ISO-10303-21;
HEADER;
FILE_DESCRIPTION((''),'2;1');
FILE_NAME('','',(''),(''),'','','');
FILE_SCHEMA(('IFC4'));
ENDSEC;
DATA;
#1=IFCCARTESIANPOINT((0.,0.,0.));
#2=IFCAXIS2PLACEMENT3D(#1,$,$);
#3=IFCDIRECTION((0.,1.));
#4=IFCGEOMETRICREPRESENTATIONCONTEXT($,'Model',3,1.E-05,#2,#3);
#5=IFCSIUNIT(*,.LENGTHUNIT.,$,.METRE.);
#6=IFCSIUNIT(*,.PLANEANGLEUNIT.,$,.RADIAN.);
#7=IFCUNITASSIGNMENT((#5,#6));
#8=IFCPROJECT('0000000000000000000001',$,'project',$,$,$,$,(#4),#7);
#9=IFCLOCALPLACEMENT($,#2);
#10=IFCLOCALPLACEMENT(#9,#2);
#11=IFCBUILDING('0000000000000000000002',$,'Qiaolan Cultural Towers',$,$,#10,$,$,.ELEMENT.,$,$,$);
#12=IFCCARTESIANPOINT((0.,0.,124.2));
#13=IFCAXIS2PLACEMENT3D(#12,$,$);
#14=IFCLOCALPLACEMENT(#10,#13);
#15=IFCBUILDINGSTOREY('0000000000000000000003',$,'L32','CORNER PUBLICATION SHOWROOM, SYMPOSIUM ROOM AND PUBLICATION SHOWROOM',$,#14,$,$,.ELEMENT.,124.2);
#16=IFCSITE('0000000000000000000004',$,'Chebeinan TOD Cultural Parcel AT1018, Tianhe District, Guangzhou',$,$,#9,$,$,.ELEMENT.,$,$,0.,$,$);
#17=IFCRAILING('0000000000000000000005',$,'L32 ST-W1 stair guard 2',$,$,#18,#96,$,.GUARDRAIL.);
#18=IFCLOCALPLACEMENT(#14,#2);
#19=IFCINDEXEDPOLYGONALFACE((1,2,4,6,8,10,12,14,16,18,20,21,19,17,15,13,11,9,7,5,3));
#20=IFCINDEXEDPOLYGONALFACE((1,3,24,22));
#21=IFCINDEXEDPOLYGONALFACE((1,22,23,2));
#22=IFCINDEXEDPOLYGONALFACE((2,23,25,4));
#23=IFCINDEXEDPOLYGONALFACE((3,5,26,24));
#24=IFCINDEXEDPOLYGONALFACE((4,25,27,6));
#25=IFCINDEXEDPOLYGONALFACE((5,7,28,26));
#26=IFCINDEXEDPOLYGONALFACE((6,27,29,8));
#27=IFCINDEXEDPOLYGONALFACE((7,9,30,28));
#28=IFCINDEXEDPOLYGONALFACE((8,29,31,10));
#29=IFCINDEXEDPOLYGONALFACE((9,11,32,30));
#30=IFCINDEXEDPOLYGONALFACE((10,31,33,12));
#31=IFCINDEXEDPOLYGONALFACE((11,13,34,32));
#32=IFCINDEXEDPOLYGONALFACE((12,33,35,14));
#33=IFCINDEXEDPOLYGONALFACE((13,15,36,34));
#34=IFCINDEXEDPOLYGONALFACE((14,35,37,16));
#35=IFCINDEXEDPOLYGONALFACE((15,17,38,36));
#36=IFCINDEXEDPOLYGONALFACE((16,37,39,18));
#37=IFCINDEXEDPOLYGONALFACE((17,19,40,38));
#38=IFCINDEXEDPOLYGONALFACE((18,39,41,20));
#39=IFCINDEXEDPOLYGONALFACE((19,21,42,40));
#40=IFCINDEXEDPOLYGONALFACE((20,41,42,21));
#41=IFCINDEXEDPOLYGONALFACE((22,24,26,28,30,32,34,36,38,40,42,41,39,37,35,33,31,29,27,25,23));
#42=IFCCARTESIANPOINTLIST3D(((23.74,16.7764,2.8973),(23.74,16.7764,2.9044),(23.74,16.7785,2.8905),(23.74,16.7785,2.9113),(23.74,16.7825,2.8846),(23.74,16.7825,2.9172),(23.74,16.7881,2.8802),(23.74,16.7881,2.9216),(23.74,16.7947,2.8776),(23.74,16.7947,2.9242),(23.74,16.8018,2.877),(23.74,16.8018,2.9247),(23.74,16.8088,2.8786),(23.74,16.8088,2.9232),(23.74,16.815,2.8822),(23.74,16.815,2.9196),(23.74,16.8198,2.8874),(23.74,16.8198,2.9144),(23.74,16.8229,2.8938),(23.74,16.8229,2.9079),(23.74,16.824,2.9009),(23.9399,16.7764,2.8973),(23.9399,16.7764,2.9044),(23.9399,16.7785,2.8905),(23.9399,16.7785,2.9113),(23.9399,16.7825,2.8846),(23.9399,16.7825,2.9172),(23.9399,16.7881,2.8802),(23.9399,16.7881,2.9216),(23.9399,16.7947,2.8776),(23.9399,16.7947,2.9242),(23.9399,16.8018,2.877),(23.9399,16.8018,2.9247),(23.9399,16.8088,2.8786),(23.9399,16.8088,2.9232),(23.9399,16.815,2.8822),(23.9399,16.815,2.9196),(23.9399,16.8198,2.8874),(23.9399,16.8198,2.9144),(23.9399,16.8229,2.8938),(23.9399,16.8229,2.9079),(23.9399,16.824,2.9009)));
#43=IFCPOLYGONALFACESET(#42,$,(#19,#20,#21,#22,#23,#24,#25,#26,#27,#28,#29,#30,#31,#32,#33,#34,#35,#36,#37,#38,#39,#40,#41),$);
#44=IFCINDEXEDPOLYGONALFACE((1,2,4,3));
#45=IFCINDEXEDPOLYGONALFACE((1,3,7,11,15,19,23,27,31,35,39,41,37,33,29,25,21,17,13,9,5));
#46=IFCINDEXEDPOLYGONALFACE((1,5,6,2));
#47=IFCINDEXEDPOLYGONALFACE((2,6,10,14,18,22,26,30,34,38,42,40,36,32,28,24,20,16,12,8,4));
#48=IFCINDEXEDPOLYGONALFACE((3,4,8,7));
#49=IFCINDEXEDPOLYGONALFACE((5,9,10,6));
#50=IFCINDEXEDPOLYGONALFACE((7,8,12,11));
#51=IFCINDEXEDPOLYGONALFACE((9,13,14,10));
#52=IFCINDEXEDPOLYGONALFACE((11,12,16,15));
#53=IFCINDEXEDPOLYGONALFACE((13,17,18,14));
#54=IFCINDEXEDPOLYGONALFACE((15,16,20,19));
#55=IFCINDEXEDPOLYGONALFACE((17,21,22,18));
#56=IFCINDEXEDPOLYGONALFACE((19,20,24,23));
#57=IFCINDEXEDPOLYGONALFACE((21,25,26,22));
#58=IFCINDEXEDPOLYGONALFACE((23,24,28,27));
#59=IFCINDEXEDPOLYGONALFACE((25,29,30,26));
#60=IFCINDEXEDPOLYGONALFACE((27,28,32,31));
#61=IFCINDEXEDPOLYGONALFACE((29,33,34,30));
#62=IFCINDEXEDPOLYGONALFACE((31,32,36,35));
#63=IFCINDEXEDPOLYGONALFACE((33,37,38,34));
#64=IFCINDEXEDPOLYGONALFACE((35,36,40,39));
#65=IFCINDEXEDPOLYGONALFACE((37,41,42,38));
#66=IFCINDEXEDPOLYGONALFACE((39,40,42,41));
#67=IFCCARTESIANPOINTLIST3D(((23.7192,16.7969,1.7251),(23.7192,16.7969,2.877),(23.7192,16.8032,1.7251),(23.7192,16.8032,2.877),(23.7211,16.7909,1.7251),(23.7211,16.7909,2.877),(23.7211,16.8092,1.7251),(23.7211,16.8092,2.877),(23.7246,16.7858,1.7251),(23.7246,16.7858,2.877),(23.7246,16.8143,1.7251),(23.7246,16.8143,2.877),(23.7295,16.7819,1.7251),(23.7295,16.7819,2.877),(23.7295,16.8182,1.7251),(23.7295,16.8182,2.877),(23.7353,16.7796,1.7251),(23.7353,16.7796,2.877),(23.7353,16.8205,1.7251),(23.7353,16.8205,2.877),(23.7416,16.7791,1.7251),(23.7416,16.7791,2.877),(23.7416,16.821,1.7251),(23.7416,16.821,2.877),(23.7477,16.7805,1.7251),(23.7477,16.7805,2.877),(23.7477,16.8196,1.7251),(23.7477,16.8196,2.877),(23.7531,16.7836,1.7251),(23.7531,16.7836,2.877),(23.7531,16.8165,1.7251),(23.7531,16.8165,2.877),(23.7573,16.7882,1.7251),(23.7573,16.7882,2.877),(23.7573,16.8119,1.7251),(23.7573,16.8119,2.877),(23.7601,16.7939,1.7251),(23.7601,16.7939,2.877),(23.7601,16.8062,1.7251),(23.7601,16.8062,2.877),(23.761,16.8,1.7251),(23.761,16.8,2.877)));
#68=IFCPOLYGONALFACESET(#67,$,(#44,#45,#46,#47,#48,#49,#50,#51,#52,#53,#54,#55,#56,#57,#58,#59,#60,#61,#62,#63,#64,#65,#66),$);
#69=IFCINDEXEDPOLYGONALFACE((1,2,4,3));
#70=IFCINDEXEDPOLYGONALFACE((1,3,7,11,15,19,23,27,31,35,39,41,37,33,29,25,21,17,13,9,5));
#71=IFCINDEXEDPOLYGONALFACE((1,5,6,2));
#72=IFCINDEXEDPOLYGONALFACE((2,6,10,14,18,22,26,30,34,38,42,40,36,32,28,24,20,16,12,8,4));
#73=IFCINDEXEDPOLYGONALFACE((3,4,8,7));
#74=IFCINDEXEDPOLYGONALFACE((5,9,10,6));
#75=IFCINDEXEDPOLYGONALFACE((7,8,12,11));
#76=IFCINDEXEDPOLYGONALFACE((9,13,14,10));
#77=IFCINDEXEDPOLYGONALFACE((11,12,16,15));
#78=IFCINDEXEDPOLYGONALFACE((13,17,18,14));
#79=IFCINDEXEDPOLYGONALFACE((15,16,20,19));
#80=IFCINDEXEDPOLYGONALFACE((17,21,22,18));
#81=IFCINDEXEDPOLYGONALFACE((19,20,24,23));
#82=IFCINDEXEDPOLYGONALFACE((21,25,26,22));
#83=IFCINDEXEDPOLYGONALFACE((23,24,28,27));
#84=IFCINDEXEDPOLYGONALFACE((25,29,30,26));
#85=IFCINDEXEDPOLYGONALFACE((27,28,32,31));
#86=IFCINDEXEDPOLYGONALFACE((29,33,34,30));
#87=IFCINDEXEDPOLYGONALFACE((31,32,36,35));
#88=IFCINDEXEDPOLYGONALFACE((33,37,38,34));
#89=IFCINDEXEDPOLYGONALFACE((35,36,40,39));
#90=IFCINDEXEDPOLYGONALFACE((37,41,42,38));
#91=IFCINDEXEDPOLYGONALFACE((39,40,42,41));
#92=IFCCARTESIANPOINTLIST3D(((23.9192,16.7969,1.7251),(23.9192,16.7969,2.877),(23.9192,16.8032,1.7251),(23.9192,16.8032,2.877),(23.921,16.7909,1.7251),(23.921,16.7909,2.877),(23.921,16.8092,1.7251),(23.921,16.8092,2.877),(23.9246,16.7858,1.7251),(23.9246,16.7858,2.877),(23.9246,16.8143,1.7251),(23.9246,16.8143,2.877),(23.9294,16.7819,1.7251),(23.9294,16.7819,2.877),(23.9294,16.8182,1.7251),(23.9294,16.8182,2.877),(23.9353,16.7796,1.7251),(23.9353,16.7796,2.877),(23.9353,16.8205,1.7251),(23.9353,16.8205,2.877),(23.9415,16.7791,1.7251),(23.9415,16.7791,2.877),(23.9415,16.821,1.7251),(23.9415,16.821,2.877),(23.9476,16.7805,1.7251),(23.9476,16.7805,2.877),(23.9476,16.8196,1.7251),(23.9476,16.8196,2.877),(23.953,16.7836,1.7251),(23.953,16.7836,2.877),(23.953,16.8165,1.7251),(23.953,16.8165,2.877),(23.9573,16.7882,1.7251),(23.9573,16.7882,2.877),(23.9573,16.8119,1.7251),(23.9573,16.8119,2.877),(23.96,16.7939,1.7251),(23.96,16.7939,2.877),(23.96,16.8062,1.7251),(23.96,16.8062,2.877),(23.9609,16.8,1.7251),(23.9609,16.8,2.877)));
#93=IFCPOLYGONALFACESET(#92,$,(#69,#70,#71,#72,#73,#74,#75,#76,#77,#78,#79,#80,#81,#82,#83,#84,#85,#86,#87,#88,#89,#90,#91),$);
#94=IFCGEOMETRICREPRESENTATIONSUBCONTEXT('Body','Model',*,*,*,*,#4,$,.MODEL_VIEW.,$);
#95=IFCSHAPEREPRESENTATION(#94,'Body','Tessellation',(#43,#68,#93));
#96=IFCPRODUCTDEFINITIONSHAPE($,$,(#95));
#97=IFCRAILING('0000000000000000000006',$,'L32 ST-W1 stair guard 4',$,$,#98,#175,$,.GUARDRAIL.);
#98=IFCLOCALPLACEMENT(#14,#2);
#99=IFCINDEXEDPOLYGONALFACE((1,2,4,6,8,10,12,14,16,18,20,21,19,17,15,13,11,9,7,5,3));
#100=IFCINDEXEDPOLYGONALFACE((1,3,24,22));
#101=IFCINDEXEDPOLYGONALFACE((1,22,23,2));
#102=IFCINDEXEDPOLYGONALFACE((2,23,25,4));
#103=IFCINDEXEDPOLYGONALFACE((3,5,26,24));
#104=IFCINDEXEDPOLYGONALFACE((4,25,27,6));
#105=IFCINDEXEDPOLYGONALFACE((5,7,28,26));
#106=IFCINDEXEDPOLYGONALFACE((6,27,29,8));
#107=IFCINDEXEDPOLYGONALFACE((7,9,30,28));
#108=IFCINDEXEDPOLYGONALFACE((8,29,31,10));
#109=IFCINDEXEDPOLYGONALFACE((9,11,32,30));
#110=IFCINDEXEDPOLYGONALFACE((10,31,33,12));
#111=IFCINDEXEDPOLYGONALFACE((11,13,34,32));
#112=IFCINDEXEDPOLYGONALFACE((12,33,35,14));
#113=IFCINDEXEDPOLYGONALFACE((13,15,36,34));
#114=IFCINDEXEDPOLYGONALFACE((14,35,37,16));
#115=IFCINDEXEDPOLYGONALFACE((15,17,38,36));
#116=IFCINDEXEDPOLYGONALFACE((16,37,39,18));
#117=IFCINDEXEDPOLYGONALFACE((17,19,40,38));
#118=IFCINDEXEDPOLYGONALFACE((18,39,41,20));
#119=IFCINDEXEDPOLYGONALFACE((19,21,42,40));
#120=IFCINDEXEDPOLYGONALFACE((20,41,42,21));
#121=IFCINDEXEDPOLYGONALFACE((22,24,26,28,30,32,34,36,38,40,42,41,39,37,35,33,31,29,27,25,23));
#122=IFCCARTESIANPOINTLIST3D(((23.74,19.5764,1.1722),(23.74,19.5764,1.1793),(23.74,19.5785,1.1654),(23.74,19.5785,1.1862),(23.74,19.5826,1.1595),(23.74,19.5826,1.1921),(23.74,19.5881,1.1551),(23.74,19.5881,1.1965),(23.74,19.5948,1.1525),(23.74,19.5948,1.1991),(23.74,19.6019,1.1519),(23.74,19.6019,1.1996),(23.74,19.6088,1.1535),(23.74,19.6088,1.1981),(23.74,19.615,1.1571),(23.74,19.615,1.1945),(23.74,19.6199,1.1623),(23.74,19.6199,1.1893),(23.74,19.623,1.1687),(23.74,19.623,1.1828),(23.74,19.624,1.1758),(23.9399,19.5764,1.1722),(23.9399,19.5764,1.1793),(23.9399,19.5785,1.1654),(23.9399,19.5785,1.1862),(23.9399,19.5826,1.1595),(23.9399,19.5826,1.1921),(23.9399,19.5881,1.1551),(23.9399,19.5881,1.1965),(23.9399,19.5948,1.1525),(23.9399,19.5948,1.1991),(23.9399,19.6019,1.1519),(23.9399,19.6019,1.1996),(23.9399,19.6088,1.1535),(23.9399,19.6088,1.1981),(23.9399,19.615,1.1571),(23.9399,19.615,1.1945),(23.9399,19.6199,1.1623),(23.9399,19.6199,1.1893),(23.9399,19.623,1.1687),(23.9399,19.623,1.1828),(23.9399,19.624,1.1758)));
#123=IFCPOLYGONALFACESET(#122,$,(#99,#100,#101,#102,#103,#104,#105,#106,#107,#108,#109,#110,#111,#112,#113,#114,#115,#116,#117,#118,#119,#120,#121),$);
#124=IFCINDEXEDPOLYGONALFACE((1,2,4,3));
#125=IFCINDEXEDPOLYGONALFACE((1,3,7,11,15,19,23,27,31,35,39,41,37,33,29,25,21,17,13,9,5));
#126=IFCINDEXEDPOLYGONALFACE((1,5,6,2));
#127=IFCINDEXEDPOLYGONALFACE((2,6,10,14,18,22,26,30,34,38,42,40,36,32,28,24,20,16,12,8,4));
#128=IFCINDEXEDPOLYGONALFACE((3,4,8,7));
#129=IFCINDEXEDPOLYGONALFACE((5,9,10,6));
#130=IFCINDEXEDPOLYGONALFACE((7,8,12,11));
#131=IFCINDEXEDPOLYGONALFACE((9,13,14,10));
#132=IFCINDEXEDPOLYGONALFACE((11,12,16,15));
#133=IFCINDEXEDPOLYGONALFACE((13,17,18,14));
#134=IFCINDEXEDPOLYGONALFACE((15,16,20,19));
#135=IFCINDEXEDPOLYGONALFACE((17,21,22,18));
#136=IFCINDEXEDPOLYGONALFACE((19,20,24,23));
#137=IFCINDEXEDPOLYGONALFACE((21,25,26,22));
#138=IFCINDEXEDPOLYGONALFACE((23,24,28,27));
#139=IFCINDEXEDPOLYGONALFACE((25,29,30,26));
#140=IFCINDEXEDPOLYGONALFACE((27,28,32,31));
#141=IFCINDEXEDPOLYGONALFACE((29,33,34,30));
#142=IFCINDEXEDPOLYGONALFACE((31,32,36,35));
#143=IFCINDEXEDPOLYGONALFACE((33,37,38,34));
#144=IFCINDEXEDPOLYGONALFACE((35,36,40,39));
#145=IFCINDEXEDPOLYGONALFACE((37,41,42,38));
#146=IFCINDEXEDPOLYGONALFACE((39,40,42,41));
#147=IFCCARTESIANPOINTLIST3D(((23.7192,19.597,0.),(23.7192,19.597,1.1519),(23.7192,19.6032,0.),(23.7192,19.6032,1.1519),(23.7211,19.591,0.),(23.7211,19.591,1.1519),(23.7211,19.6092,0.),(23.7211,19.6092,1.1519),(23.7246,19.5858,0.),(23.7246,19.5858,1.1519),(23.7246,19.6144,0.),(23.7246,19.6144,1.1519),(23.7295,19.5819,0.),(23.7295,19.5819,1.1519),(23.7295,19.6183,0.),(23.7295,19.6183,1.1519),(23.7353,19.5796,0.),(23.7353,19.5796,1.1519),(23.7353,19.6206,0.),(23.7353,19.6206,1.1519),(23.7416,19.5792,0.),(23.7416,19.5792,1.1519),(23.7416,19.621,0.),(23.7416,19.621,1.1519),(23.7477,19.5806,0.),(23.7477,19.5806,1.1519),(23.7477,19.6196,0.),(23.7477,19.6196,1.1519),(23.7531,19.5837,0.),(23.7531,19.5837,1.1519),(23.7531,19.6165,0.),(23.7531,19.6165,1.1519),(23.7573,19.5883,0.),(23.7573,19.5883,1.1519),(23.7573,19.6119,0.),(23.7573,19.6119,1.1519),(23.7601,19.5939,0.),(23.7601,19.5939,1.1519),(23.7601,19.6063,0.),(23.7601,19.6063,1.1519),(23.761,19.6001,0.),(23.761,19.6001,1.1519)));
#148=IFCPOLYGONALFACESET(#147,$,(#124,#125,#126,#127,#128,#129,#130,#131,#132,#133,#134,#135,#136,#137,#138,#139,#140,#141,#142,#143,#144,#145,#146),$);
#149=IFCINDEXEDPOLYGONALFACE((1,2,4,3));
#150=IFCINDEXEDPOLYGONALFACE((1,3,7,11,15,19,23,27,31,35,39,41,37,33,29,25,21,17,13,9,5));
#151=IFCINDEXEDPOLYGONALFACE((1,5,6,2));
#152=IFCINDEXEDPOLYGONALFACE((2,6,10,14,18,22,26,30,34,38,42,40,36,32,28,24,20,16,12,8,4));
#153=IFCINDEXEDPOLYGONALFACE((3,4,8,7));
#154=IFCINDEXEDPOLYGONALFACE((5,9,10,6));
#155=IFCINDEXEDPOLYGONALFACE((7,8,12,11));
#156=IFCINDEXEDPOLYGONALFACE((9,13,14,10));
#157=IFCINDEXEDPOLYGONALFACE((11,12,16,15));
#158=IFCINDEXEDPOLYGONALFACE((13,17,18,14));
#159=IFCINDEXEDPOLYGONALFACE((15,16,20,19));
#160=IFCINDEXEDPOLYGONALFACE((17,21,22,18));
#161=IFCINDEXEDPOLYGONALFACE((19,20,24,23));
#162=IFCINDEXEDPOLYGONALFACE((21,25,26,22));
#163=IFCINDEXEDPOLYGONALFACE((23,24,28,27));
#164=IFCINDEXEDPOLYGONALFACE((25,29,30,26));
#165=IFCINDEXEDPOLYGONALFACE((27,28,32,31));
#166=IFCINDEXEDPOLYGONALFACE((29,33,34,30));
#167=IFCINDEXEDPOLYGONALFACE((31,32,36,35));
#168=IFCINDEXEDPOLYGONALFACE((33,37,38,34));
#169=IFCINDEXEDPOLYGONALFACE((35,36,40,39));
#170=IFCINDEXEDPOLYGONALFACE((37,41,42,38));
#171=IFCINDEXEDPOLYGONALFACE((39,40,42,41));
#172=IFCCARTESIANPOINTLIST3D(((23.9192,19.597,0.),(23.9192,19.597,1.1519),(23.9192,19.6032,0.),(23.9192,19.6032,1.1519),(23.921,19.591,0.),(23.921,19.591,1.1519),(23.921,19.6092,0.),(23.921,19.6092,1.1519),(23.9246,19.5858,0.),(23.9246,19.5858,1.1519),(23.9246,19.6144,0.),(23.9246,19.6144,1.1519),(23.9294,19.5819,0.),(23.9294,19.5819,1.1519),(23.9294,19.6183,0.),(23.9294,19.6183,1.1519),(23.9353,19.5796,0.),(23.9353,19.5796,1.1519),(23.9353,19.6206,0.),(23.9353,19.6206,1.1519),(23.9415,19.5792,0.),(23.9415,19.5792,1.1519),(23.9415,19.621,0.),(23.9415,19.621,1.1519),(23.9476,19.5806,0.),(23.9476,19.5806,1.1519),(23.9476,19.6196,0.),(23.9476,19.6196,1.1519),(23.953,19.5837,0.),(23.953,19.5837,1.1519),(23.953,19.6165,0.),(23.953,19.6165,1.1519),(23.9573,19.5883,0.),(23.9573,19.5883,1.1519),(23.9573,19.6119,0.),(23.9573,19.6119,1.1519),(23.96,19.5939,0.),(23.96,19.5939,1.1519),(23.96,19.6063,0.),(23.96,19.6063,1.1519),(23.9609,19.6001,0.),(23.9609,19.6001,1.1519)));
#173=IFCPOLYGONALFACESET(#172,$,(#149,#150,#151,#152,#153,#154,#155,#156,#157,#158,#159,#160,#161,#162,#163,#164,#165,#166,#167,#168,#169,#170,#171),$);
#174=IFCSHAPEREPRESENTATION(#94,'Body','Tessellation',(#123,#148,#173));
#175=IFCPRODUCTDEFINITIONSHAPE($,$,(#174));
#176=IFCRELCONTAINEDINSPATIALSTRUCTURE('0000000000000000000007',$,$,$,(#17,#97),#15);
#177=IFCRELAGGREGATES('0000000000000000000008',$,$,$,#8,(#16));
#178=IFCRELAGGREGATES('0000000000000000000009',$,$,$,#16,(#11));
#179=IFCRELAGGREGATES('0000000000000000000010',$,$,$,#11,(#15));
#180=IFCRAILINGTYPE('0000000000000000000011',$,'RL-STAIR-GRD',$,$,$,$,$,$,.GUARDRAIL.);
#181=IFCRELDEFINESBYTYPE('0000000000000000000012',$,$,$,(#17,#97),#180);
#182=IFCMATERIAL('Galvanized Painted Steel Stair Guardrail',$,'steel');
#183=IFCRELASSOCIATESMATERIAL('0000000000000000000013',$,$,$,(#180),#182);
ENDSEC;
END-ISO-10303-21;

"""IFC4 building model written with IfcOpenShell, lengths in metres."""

from ifc_helpers import new_model, si_unit, direction, frame, origin, origin_2d, place, context, subcontext, project, spatial, circle, extrude, material, type_object, element, save


model = new_model("IFC4")

# Units and contexts
model_context = context("Model", 3, precision=1e-05, world=origin(), true_north=direction((0.0, 1.0)))
body_context = subcontext(model_context, "Body", "Model", "MODEL_VIEW")
ifc_project = project(units=[si_unit("LENGTHUNIT", "METRE"), si_unit("PLANEANGLEUNIT", "RADIAN")], contexts=[model_context])

# Site, building, storey
site_placement = place(None, origin())
site = spatial("IfcSite", under=ifc_project, at=site_placement, Name="Chebeinan TOD Cultural Parcel AT1018, Tianhe District, Guangzhou", CompositionType="ELEMENT", RefElevation=0.0)
building_placement = place(site_placement, origin())
building = spatial("IfcBuilding", under=site, at=building_placement, Name="Qiaolan Cultural Towers", CompositionType="ELEMENT")
storey_placement = place(building_placement, frame((0.0, 0.0, 124.2)))
storey = spatial("IfcBuildingStorey", under=building, at=storey_placement, Name="L32", Description="CORNER PUBLICATION SHOWROOM, SYMPOSIUM ROOM AND PUBLICATION SHOWROOM", CompositionType="ELEMENT", Elevation=124.2)

# Railings
ifc_material_1 = material(Name="Galvanized Painted Steel Stair Guardrail", Category="steel")
railing_type_1 = type_object("IfcRailingType", Name="RL-STAIR-GRD", PredefinedType="GUARDRAIL", material=ifc_material_1)
for number, where, name in (
    (1, (23.74, 16.8, 1.7251), "L32 ST-W1 stair guard 2"),
    (2, (23.74, 19.6001, 0.0), "L32 ST-W1 stair guard 4"),
):
    element("IfcRailing", number, at=place(storey_placement, frame(where)), inside=storey, type_object=railing_type_1, Name=name, PredefinedType="GUARDRAIL", context=body_context, shape_type="SweptSolid", body=[
        extrude(circle(Radius=0.0239, at=origin_2d()), frame((0.0, 0.0, 1.1758), z_axis=(1.0, 0.0, 0.0), x_axis=(0.0, 1.0, 0.0)), (0.0, 0.0, 1.0), 0.2),
        extrude(circle(Radius=0.021, at=origin_2d()), origin(), (0.0, 0.0, 1.0), 1.1519),
        extrude(circle(Radius=0.021, at=origin_2d()), frame((0.2, 0.0, 0.0)), (0.0, 0.0, 1.0), 1.1519),
    ])

save(model, "model.ifc")
